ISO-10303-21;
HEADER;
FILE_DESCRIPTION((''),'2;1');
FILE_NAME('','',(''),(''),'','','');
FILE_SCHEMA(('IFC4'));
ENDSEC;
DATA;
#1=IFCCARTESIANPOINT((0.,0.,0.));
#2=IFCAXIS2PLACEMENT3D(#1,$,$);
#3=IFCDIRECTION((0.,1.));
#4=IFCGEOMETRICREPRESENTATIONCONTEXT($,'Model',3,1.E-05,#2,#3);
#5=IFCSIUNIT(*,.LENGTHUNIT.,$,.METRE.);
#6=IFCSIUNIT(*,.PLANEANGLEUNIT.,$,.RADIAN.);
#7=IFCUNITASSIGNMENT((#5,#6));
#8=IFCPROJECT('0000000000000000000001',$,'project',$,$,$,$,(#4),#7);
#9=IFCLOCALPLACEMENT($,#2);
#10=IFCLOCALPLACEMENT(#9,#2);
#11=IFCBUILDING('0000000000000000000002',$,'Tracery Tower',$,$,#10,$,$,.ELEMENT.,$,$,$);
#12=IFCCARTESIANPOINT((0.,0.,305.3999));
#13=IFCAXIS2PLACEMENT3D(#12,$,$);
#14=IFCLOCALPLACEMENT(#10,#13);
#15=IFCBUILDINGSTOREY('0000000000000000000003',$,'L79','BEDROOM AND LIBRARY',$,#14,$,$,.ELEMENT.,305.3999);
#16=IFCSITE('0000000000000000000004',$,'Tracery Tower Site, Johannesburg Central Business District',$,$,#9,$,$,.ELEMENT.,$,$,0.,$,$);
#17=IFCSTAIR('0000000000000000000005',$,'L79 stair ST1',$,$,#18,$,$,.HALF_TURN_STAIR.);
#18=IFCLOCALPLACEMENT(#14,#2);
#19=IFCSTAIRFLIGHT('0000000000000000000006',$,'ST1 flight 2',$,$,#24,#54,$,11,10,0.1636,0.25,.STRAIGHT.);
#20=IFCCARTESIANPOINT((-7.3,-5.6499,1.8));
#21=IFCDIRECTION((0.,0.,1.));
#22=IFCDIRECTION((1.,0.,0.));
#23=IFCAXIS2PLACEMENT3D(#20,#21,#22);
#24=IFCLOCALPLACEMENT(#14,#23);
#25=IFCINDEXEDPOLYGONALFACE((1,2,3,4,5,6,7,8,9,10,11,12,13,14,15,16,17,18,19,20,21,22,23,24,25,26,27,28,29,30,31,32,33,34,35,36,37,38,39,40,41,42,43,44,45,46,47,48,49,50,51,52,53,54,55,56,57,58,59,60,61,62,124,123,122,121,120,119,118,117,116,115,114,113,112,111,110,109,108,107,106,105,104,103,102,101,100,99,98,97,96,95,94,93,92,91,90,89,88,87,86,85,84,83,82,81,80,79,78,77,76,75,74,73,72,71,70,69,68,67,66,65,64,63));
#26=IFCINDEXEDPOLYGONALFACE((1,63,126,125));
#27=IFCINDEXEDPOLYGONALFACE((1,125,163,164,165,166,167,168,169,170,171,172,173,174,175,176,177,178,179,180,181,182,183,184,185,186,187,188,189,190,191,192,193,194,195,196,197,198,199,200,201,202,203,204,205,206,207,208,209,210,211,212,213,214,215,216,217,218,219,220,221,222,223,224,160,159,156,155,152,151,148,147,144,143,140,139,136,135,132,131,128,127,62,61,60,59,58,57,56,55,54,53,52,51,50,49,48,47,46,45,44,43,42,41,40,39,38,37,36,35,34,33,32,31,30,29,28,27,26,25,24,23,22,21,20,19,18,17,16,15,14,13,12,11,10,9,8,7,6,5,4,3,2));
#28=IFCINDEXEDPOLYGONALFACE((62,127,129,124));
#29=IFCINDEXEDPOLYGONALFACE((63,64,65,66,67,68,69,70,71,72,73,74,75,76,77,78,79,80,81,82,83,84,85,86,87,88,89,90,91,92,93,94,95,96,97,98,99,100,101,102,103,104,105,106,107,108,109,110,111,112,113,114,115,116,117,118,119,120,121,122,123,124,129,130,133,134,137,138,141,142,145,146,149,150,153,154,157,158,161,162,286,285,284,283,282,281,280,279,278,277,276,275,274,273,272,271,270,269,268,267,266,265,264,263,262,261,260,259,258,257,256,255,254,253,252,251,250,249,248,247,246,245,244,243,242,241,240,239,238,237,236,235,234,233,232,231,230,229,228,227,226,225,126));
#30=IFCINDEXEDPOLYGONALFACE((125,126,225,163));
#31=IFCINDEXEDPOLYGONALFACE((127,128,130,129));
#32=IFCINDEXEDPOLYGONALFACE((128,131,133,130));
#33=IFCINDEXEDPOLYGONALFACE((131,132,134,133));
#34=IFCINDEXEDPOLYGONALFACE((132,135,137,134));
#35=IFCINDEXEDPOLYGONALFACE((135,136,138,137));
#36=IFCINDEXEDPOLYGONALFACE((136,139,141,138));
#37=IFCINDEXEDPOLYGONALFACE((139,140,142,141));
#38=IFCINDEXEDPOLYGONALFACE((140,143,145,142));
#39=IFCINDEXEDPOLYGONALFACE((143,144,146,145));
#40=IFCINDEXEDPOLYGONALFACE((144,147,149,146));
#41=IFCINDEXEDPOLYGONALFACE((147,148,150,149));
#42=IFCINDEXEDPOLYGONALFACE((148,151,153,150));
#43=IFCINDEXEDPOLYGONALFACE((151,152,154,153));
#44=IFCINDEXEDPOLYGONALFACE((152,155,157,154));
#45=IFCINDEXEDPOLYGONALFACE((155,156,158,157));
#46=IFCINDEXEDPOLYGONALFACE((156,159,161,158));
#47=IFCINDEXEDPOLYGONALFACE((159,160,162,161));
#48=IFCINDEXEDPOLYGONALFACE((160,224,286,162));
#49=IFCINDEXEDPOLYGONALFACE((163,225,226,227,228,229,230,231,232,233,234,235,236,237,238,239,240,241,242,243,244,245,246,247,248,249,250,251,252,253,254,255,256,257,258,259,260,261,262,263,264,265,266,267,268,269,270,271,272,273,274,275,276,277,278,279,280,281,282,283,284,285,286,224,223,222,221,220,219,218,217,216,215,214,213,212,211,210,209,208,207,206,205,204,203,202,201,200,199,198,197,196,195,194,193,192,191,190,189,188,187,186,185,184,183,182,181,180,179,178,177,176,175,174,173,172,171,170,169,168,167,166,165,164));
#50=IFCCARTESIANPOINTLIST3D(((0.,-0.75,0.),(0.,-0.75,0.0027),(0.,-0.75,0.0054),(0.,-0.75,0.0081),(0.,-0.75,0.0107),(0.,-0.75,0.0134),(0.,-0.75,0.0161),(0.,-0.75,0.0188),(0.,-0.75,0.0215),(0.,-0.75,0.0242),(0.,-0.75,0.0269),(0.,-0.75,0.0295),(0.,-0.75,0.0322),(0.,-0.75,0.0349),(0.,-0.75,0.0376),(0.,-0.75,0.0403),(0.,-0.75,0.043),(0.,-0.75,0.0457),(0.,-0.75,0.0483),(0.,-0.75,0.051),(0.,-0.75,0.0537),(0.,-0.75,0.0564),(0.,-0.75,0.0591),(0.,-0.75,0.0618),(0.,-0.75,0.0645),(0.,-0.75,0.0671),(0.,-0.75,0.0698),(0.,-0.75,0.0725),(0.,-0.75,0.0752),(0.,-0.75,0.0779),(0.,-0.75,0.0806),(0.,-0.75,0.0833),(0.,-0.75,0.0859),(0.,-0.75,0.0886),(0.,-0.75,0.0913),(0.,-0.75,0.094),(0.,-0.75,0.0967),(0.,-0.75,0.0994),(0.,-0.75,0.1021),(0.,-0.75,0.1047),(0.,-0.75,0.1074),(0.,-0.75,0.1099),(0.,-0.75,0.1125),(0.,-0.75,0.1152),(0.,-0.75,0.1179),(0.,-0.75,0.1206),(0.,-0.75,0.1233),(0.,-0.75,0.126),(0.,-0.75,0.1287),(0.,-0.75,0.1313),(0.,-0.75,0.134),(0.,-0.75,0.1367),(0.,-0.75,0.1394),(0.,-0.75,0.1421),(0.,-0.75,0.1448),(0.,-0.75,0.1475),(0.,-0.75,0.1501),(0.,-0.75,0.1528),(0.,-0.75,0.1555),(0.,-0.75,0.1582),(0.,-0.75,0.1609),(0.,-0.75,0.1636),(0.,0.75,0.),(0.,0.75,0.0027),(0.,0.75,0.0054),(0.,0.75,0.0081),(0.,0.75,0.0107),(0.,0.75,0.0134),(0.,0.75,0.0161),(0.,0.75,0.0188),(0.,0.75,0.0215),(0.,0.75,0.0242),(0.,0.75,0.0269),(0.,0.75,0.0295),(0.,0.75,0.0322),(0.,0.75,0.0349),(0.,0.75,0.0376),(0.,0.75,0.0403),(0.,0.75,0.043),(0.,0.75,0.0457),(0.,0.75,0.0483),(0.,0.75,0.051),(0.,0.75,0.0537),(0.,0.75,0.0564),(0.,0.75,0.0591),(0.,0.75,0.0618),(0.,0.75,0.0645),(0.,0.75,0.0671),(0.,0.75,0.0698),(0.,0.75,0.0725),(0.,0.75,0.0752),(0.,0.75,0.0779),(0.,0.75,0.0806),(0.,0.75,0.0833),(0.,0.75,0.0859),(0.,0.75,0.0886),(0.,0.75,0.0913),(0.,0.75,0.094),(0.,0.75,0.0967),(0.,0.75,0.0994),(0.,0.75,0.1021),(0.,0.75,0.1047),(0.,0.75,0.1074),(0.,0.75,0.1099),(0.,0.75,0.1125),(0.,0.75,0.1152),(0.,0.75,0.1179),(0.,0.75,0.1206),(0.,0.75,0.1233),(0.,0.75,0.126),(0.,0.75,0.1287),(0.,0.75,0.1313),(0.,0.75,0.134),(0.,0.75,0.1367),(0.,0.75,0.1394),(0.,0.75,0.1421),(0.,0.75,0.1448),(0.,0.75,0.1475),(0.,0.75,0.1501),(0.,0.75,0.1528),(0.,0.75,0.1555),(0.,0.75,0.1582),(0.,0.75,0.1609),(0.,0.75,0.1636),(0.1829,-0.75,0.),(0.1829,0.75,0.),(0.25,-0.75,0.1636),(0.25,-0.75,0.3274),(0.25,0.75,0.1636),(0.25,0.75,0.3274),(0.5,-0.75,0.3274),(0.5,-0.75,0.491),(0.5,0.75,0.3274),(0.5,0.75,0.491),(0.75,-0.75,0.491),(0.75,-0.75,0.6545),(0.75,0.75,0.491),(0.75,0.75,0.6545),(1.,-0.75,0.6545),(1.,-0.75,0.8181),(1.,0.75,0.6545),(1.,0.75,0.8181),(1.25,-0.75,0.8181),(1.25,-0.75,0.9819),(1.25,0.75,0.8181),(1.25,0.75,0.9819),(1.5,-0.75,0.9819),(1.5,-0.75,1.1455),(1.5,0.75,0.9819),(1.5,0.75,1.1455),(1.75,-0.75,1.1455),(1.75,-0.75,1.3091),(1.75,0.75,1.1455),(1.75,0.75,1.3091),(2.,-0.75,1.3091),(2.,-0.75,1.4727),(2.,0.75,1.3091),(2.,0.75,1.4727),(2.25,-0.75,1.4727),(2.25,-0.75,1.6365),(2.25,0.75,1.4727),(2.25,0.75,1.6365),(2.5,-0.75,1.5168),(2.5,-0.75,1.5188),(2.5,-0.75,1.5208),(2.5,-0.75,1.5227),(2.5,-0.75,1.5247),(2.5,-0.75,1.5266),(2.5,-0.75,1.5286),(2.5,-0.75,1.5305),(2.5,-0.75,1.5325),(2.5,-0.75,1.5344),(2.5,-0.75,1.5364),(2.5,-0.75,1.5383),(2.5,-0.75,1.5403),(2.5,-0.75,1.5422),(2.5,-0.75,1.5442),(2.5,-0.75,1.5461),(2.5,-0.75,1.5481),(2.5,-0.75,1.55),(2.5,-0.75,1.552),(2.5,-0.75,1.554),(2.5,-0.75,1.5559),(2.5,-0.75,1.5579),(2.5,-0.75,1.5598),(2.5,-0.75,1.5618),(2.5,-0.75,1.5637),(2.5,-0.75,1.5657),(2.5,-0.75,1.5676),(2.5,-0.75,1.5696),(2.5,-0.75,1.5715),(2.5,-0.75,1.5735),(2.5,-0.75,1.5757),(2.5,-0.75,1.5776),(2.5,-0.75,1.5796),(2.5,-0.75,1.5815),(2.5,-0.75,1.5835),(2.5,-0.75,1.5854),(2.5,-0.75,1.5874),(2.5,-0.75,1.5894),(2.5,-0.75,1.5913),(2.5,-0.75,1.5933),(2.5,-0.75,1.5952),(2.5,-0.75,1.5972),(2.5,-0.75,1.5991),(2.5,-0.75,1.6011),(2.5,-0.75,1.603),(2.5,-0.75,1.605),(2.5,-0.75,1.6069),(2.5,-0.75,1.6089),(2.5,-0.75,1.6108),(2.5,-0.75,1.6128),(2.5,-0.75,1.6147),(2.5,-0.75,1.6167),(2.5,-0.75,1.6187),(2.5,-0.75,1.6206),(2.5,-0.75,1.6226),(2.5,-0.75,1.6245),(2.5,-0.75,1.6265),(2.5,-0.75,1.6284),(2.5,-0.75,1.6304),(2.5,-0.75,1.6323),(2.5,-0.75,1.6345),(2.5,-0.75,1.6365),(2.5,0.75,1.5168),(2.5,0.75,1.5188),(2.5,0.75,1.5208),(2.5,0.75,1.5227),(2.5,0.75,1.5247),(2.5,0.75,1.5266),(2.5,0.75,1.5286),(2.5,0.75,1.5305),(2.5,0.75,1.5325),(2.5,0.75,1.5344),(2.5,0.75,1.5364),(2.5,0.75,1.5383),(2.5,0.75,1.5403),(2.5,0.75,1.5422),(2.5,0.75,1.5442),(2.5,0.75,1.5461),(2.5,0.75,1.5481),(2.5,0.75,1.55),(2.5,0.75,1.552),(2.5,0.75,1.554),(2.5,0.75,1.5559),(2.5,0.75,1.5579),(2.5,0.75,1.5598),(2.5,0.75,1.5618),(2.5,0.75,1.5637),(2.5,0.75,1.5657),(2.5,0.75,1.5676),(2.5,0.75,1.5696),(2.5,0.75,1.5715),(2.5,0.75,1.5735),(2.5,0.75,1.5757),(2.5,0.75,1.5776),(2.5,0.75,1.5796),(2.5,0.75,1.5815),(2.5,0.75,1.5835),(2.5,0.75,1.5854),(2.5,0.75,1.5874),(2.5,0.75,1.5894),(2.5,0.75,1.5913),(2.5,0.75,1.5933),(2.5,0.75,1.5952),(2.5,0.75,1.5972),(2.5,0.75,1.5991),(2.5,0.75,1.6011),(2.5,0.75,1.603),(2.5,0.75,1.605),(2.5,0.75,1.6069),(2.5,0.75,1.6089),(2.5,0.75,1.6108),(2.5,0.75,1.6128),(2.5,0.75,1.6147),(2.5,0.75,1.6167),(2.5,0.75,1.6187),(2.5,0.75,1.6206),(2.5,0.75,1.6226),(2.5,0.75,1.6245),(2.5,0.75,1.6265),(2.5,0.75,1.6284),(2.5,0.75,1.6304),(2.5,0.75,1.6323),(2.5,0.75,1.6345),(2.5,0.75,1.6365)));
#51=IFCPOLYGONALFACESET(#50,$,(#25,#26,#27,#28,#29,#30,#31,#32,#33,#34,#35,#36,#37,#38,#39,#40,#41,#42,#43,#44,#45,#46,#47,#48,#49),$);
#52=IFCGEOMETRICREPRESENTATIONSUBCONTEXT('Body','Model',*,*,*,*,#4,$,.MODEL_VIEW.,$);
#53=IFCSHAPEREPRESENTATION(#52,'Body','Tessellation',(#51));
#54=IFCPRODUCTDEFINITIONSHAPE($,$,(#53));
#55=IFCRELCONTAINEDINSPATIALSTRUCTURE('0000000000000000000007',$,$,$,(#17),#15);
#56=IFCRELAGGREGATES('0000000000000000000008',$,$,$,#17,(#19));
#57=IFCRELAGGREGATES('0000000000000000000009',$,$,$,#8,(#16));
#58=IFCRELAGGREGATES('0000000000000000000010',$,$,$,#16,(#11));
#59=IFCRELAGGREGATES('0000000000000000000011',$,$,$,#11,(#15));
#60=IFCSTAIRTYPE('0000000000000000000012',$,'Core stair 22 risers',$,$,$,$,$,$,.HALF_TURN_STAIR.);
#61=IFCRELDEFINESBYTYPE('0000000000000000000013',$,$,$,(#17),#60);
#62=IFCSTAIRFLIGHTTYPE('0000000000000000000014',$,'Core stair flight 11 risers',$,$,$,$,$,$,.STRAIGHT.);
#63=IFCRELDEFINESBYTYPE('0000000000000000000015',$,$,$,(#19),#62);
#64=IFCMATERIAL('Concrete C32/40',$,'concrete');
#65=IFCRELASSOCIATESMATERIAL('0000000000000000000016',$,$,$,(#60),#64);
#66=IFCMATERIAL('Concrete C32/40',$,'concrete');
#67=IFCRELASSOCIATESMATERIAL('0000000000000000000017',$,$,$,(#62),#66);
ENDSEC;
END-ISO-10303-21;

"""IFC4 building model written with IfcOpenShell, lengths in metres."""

from ifc_helpers import new_model, si_unit, direction, frame, origin, place, context, subcontext, project, spatial, polyline, outline, extrude, material, type_object, element, aggregate, save


model = new_model("IFC4")

# Units and contexts
model_context = context("Model", 3, precision=1e-05, world=origin(), true_north=direction((0.0, 1.0)))
body_context = subcontext(model_context, "Body", "Model", "MODEL_VIEW")
ifc_project = project(units=[si_unit("LENGTHUNIT", "METRE"), si_unit("PLANEANGLEUNIT", "RADIAN")], contexts=[model_context])

# Site, building, storey
site_placement = place(None, origin())
site = spatial("IfcSite", under=ifc_project, at=site_placement, Name="Tracery Tower Site, Johannesburg Central Business District", CompositionType="ELEMENT", RefElevation=0.0)
building_placement = place(site_placement, origin())
building = spatial("IfcBuilding", under=site, at=building_placement, Name="Tracery Tower", CompositionType="ELEMENT")
storey_placement = place(building_placement, frame((0.0, 0.0, 305.3999)))
storey = spatial("IfcBuildingStorey", under=building, at=storey_placement, Name="L79", Description="BEDROOM AND LIBRARY", CompositionType="ELEMENT", Elevation=305.3999)

# Stair, stair flight
ifc_material_1 = material(Name="Concrete C32/40", Category="concrete")
stair_type = type_object("IfcStairType", Name="Core stair 22 risers", PredefinedType="HALF_TURN_STAIR", material=ifc_material_1)
stair_placement = place(storey_placement, origin())
stair = element("IfcStair", 1, at=stair_placement, inside=storey, type_object=stair_type, Name="L79 stair ST1", PredefinedType="HALF_TURN_STAIR")
ifc_material_2 = material(Name="Concrete C32/40", Category="concrete")
stair_flight_type = type_object("IfcStairFlightType", Name="Core stair flight 11 risers", PredefinedType="STRAIGHT", material=ifc_material_2)
stair_flight_1_placement = place(storey_placement, frame((-7.3, -5.6499, 1.8), z_axis=(0.0, 0.0, 1.0), x_axis=(1.0, 0.0, 0.0)))
stair_flight_1 = element("IfcStairFlight", 2, at=stair_flight_1_placement, type_object=stair_flight_type, Name="ST1 flight 2", NumberOfRisers=11, NumberOfTreads=10, PredefinedType="STRAIGHT", RiserHeight=0.1636, TreadLength=0.25, context=body_context, shape_type="SweptSolid", body=[
    extrude(outline(polyline([(0.0, 0.0), (0.0, 0.0027), (0.0, 0.0054), (0.0, 0.0081), (0.0, 0.0107), (0.0, 0.0134), (0.0, 0.0161), (0.0, 0.0188), (0.0, 0.0215), (0.0, 0.0242), (0.0, 0.0269), (0.0, 0.0295), (0.0, 0.0322), (0.0, 0.0349), (0.0, 0.0376), (0.0, 0.0403), (0.0, 0.043), (0.0, 0.0457), (0.0, 0.0483), (0.0, 0.051), (0.0, 0.0537), (0.0, 0.0564), (0.0, 0.0591), (0.0, 0.0618), (0.0, 0.0645), (0.0, 0.0671), (0.0, 0.0698), (0.0, 0.0725), (0.0, 0.0752), (0.0, 0.0779), (0.0, 0.0806), (0.0, 0.0833), (0.0, 0.0859), (0.0, 0.0886), (0.0, 0.0913), (0.0, 0.094), (0.0, 0.0967), (0.0, 0.0994), (0.0, 0.1021), (0.0, 0.1047), (0.0, 0.1074), (0.0, 0.1099), (0.0, 0.1125), (0.0, 0.1152), (0.0, 0.1179), (0.0, 0.1206), (0.0, 0.1233), (0.0, 0.126), (0.0, 0.1287), (0.0, 0.1313), (0.0, 0.134), (0.0, 0.1367), (0.0, 0.1394), (0.0, 0.1421), (0.0, 0.1448), (0.0, 0.1475), (0.0, 0.1501), (0.0, 0.1528), (0.0, 0.1555), (0.0, 0.1582), (0.0, 0.1609), (0.0, 0.1636), (0.25, 0.1636), (0.25, 0.3274), (0.5, 0.3274), (0.5, 0.491), (0.75, 0.491), (0.75, 0.6545), (1.0, 0.6545), (1.0, 0.8181), (1.25, 0.8181), (1.25, 0.9819), (1.5, 0.9819), (1.5, 1.1455), (1.75, 1.1455), (1.75, 1.3091), (2.0, 1.3091), (2.0, 1.4727), (2.25, 1.4727), (2.25, 1.6365), (2.5, 1.6365), (2.5, 1.6345), (2.5, 1.6323), (2.5, 1.6304), (2.5, 1.6284), (2.5, 1.6265), (2.5, 1.6245), (2.5, 1.6226), (2.5, 1.6206), (2.5, 1.6187), (2.5, 1.6167), (2.5, 1.6147), (2.5, 1.6128), (2.5, 1.6108), (2.5, 1.6089), (2.5, 1.6069), (2.5, 1.605), (2.5, 1.603), (2.5, 1.6011), (2.5, 1.5991), (2.5, 1.5972), (2.5, 1.5952), (2.5, 1.5933), (2.5, 1.5913), (2.5, 1.5894), (2.5, 1.5874), (2.5, 1.5854), (2.5, 1.5835), (2.5, 1.5815), (2.5, 1.5796), (2.5, 1.5776), (2.5, 1.5757), (2.5, 1.5735), (2.5, 1.5715), (2.5, 1.5696), (2.5, 1.5676), (2.5, 1.5657), (2.5, 1.5637), (2.5, 1.5618), (2.5, 1.5598), (2.5, 1.5579), (2.5, 1.5559), (2.5, 1.554), (2.5, 1.552), (2.5, 1.55), (2.5, 1.5481), (2.5, 1.5461), (2.5, 1.5442), (2.5, 1.5422), (2.5, 1.5403), (2.5, 1.5383), (2.5, 1.5364), (2.5, 1.5344), (2.5, 1.5325), (2.5, 1.5305), (2.5, 1.5286), (2.5, 1.5266), (2.5, 1.5247), (2.5, 1.5227), (2.5, 1.5208), (2.5, 1.5188), (2.5, 1.5168), (0.1829, 0.0), (0.0, 0.0)])), frame((0.0, 0.75, 0.0), z_axis=(0.0, -1.0, 0.0), x_axis=(1.0, 0.0, 0.0)), (0.0, 0.0, 1.0), 1.5),
])
aggregate(stair, [stair_flight_1])

save(model, "model.ifc")
